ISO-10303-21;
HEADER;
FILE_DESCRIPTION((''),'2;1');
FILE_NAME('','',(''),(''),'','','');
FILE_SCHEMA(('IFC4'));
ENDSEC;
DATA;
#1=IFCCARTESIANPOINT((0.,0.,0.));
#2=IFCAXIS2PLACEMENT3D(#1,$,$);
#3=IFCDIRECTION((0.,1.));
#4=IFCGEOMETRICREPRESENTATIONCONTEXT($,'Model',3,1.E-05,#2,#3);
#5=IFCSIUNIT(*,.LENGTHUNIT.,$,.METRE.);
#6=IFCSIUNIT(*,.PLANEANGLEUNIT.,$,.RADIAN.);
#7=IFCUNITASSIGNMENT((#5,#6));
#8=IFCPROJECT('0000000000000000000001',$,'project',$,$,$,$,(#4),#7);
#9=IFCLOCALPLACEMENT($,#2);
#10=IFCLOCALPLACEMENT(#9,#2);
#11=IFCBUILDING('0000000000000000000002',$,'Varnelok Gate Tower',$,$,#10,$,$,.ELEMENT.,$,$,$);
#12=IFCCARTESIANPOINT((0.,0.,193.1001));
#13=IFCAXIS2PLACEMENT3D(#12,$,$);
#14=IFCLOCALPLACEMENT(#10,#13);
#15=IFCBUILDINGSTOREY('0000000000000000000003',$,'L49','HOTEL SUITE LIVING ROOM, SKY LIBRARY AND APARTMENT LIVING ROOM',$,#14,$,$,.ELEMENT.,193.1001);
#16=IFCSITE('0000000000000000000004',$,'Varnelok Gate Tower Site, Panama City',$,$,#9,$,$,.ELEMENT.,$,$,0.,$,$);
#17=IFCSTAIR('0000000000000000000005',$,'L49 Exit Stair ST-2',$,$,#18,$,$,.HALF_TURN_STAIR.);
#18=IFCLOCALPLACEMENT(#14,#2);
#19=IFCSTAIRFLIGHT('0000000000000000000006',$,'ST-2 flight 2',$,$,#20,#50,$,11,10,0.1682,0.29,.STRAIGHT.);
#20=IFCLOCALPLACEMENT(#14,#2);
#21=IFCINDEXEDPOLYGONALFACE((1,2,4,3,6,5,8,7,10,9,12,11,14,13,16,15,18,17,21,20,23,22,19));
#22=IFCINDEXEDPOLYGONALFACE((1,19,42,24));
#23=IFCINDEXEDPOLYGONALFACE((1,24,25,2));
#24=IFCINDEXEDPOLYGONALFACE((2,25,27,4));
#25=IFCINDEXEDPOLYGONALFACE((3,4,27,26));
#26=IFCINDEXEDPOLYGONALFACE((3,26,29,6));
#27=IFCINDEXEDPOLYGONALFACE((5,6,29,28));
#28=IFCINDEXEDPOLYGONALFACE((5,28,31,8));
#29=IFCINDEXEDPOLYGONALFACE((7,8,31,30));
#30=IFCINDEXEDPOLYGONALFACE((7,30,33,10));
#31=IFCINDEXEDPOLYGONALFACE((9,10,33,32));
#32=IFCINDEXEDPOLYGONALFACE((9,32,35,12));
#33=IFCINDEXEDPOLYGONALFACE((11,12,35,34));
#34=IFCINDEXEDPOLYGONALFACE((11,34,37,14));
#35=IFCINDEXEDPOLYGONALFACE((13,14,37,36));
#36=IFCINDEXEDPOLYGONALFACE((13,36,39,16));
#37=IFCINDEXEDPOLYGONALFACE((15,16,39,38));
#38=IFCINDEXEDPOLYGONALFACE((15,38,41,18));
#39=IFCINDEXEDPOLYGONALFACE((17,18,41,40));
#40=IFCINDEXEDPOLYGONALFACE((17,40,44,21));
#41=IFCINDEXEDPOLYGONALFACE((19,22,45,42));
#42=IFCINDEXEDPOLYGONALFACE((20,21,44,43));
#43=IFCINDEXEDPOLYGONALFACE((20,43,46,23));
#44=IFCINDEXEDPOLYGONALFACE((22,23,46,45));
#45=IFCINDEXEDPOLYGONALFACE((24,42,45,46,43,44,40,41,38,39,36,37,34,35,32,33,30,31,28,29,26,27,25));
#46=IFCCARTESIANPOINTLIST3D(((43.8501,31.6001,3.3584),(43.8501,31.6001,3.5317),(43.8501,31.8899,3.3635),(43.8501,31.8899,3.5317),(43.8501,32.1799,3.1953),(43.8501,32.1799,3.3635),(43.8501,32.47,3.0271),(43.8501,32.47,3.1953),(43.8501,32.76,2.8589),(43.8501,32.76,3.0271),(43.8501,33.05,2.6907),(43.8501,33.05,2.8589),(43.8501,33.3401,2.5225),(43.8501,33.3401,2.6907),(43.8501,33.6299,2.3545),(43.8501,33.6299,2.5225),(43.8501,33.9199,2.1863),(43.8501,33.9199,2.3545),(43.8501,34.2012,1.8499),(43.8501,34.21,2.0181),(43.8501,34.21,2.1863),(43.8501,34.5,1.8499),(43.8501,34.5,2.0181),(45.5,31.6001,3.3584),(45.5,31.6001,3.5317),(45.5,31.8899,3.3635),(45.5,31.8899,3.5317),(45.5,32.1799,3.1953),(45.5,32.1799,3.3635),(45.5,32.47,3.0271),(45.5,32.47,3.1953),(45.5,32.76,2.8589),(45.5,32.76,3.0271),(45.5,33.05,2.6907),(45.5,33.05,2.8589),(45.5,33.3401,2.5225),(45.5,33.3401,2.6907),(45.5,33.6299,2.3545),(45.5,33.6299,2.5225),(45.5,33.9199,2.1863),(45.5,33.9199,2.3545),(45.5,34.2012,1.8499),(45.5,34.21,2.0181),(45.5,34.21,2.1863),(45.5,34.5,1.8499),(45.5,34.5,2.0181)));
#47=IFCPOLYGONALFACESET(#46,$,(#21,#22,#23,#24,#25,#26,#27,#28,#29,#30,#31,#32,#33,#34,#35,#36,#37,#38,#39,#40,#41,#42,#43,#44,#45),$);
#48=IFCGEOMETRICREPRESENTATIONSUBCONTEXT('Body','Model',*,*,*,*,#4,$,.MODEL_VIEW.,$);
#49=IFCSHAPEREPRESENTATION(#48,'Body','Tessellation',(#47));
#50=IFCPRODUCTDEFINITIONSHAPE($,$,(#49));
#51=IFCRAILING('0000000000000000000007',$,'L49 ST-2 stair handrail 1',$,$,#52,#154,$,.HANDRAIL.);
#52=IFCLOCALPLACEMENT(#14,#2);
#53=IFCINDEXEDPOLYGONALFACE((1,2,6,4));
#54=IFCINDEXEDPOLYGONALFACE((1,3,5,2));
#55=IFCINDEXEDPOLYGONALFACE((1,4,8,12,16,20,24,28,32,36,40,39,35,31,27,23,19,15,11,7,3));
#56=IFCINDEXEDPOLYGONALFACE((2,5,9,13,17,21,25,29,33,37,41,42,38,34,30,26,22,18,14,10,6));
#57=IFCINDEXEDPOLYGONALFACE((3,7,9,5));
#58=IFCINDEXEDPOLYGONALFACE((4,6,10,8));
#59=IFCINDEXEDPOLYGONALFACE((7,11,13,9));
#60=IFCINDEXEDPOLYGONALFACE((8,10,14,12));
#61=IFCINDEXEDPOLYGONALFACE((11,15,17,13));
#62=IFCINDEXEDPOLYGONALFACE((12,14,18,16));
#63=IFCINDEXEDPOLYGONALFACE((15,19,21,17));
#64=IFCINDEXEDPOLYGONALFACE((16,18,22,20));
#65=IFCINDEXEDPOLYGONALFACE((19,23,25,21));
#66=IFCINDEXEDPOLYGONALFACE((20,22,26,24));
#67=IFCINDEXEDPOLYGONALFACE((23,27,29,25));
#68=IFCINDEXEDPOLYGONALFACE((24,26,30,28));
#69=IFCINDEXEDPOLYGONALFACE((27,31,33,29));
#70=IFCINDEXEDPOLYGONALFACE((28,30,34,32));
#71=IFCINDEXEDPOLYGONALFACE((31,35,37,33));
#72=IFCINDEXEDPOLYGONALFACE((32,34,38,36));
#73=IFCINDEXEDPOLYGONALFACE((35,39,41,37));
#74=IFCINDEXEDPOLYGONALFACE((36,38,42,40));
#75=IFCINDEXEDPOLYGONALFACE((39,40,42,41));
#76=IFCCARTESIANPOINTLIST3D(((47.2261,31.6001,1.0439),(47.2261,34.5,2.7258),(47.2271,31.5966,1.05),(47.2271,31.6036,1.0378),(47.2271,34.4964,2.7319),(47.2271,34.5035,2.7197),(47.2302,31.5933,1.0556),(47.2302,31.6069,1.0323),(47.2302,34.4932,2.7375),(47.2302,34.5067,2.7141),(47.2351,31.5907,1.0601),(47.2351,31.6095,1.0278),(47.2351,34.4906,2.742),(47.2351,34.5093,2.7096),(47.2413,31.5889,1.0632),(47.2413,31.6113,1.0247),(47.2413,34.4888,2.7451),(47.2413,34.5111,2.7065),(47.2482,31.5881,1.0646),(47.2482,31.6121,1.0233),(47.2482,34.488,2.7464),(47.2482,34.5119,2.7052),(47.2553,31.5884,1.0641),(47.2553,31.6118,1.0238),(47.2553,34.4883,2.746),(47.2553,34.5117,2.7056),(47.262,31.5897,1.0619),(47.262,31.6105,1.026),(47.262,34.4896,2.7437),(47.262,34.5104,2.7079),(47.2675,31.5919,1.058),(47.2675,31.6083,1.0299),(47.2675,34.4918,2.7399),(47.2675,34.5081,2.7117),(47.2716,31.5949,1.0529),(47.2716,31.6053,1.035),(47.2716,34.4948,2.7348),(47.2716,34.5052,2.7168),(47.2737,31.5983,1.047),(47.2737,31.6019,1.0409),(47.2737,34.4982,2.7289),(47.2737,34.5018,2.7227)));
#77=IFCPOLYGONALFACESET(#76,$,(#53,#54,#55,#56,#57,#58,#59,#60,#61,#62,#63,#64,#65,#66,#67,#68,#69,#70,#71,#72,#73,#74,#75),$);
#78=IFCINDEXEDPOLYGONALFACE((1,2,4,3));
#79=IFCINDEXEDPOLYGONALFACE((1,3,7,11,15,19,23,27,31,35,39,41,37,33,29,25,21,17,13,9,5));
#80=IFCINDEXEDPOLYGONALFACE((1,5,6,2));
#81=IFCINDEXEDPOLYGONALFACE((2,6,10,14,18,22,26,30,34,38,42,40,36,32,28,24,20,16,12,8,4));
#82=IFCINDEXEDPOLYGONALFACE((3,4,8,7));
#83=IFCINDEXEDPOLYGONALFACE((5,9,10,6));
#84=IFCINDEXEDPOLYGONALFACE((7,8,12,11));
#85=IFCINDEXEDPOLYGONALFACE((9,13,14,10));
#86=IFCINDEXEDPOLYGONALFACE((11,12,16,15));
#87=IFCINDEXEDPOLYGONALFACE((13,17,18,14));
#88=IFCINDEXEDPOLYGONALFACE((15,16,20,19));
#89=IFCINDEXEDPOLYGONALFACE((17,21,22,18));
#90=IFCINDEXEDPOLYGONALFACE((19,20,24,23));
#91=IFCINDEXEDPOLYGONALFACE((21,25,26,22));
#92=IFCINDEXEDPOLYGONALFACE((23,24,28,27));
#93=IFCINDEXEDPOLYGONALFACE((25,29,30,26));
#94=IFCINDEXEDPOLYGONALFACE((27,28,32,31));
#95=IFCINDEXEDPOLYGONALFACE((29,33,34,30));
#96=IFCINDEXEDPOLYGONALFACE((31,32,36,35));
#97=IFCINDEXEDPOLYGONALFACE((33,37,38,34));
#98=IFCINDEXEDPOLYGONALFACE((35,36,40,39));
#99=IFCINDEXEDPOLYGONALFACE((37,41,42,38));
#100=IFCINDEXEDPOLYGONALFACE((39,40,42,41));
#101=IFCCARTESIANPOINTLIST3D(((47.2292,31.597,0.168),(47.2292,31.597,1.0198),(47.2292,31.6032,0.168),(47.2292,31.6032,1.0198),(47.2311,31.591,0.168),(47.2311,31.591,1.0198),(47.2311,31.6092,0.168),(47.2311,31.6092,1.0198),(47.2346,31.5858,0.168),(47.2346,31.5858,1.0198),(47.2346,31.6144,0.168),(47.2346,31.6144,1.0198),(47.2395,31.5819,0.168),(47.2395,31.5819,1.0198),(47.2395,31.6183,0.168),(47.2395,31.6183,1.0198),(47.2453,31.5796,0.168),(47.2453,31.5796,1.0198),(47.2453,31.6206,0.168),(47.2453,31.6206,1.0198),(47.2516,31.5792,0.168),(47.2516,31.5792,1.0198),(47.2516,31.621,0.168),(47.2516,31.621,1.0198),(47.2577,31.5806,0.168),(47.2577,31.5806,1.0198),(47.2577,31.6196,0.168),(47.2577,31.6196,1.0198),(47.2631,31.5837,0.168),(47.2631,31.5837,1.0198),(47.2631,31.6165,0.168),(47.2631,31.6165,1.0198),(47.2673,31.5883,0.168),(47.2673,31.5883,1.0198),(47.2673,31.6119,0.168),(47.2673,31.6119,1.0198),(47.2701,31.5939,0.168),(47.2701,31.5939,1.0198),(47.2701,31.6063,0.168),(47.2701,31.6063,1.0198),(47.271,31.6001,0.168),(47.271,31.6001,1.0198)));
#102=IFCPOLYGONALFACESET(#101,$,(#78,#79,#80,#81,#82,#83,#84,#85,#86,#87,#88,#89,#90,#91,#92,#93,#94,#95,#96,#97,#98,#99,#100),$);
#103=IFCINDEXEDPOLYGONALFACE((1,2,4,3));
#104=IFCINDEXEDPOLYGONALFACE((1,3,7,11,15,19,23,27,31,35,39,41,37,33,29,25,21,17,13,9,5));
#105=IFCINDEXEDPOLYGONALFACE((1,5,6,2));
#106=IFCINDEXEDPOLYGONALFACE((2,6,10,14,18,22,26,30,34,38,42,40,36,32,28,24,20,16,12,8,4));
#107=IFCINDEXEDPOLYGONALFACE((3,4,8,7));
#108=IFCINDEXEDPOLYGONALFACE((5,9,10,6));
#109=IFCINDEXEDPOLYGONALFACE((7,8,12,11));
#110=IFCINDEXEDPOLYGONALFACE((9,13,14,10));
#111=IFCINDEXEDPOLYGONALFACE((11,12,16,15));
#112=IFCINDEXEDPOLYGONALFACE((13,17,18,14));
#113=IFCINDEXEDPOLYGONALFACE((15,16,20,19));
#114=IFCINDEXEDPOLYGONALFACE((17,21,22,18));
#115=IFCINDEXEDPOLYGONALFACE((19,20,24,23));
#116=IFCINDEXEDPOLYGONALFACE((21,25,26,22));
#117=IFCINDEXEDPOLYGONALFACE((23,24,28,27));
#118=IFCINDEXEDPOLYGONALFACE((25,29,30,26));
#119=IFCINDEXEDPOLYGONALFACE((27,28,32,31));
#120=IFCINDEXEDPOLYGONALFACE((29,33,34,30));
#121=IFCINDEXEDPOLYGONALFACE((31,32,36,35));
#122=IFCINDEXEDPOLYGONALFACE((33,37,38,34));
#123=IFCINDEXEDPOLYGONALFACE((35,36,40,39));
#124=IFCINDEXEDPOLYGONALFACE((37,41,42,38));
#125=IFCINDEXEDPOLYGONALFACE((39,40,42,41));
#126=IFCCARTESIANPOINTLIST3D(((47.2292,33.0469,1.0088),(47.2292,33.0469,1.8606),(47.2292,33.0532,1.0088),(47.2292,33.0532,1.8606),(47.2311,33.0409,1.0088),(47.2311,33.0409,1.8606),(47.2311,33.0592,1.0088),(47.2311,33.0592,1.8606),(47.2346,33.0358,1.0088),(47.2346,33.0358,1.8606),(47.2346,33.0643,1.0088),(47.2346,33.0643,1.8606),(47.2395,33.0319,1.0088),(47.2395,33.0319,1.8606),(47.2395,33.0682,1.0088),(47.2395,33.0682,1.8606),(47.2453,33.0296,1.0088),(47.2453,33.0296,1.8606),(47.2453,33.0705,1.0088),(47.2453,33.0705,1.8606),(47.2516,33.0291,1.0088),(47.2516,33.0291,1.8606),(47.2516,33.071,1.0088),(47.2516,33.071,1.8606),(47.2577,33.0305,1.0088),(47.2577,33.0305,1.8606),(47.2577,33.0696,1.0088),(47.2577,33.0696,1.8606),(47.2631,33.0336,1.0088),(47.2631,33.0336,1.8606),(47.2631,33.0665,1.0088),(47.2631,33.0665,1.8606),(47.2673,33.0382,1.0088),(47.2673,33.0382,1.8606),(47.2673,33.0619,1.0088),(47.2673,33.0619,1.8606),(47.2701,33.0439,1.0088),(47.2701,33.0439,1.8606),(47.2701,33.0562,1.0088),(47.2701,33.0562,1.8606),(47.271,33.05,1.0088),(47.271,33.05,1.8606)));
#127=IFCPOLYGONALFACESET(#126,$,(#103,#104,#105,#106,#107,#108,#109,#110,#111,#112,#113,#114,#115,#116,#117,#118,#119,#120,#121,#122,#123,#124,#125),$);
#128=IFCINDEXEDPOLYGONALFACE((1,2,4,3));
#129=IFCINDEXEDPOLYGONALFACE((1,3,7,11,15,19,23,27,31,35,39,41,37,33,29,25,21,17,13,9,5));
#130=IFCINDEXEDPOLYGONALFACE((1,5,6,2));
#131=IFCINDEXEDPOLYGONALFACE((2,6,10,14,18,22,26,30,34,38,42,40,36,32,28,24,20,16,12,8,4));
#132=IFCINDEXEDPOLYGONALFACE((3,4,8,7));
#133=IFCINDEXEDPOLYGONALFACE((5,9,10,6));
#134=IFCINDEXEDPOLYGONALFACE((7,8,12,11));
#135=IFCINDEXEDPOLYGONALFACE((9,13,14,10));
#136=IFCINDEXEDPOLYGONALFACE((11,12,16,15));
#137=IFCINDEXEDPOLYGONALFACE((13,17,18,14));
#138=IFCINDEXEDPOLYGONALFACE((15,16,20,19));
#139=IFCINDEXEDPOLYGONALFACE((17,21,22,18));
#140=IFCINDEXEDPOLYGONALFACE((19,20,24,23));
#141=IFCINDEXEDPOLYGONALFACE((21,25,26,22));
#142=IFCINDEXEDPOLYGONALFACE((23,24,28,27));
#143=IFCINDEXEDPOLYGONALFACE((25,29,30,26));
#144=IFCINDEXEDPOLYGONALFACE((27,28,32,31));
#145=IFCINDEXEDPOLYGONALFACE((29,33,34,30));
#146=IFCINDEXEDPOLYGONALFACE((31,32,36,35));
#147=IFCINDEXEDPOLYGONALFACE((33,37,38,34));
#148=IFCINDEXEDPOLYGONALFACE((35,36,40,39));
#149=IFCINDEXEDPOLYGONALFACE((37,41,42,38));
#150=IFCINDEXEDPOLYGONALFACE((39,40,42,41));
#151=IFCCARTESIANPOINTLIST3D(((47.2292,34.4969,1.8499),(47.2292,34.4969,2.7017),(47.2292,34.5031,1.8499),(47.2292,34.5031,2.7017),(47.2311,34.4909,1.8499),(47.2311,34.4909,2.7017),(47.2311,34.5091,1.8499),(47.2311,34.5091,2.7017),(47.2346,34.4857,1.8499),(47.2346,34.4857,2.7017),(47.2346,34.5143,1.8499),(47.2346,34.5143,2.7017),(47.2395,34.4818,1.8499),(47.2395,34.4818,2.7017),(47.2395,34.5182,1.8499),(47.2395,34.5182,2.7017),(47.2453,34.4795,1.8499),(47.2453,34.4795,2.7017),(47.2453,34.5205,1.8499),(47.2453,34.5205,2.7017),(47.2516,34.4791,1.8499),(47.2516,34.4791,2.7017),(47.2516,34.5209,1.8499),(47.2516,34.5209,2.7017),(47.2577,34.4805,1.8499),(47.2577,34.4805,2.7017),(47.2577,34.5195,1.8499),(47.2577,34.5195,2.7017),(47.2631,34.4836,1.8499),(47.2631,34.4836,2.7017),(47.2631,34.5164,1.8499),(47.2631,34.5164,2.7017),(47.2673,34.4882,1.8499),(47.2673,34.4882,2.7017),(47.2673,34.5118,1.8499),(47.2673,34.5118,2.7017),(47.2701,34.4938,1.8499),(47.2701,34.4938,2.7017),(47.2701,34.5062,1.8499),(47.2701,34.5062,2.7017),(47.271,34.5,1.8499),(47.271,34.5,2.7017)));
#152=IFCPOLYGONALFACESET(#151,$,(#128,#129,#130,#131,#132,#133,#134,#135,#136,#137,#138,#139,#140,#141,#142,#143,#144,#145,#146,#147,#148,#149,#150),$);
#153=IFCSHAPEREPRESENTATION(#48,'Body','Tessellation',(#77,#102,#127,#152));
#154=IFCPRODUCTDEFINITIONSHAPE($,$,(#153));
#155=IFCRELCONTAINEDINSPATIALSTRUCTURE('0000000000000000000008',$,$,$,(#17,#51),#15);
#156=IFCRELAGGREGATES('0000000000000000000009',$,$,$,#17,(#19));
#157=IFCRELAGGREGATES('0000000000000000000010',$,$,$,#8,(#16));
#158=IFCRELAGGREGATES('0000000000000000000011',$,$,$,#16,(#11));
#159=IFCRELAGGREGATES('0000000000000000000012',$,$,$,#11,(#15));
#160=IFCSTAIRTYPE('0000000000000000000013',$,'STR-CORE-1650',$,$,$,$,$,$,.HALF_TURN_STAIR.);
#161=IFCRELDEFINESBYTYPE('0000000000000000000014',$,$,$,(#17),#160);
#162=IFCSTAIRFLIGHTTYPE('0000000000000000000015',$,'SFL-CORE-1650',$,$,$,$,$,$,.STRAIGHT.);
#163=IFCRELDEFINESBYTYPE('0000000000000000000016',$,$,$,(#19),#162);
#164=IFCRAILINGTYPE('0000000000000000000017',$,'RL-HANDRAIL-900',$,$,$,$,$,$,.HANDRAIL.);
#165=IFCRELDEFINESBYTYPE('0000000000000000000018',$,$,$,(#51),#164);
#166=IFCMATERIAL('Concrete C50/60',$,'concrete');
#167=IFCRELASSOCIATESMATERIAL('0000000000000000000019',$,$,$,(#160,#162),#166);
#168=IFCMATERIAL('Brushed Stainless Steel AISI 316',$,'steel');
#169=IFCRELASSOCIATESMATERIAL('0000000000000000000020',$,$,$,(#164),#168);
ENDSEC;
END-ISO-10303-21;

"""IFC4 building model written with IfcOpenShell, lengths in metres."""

from ifc_helpers import new_model, si_unit, direction, frame, origin, origin_2d, place, context, subcontext, project, spatial, polyline, circle, outline, extrude, material, type_object, element, aggregate, save


model = new_model("IFC4")

# Units and contexts
model_context = context("Model", 3, precision=1e-05, world=origin(), true_north=direction((0.0, 1.0)))
body_context = subcontext(model_context, "Body", "Model", "MODEL_VIEW")
ifc_project = project(units=[si_unit("LENGTHUNIT", "METRE"), si_unit("PLANEANGLEUNIT", "RADIAN")], contexts=[model_context])

# Site, building, storey
site_placement = place(None, origin())
site = spatial("IfcSite", under=ifc_project, at=site_placement, Name="Varnelok Gate Tower Site, Panama City", CompositionType="ELEMENT", RefElevation=0.0)
building_placement = place(site_placement, origin())
building = spatial("IfcBuilding", under=site, at=building_placement, Name="Varnelok Gate Tower", CompositionType="ELEMENT")
storey_placement = place(building_placement, frame((0.0, 0.0, 193.1001)))
storey = spatial("IfcBuildingStorey", under=building, at=storey_placement, Name="L49", Description="HOTEL SUITE LIVING ROOM, SKY LIBRARY AND APARTMENT LIVING ROOM", CompositionType="ELEMENT", Elevation=193.1001)

# Stair, stair flight
ifc_material_1 = material(Name="Concrete C50/60", Category="concrete")
stair_type = type_object("IfcStairType", Name="STR-CORE-1650", PredefinedType="HALF_TURN_STAIR", material=ifc_material_1)
stair_placement = place(storey_placement, origin())
stair = element("IfcStair", 1, at=stair_placement, inside=storey, type_object=stair_type, Name="L49 Exit Stair ST-2", PredefinedType="HALF_TURN_STAIR")
stair_flight_type = type_object("IfcStairFlightType", Name="SFL-CORE-1650", PredefinedType="STRAIGHT", material=ifc_material_1)
stair_flight_1_placement = place(storey_placement, frame((44.675, 34.5, 1.8499), z_axis=(0.0, 0.0, 1.0), x_axis=(0.0, -1.0, 0.0)))
stair_flight_1 = element("IfcStairFlight", 2, at=stair_flight_1_placement, type_object=stair_flight_type, Name="ST-2 flight 2", NumberOfRisers=11, NumberOfTreads=10, PredefinedType="STRAIGHT", RiserHeight=0.1682, TreadLength=0.29, context=body_context, shape_type="SweptSolid", body=[
    extrude(outline(polyline([(0.0, 0.0), (0.0, 0.1682), (0.29, 0.1682), (0.29, 0.3364), (0.5801, 0.3364), (0.5801, 0.5046), (0.8701, 0.5046), (0.8701, 0.6726), (1.1599, 0.6726), (1.1599, 0.8408), (1.45, 0.8408), (1.45, 1.009), (1.74, 1.009), (1.74, 1.1772), (2.03, 1.1772), (2.03, 1.3455), (2.3201, 1.3455), (2.3201, 1.5137), (2.6101, 1.5137), (2.6101, 1.6819), (2.8999, 1.6819), (2.8999, 1.8501), (2.8999, 1.5085), (0.2988, 0.0), (0.0, 0.0)])), frame((0.0, 0.825, 0.0), z_axis=(0.0, -1.0, 0.0), x_axis=(1.0, 0.0, 0.0)), (0.0, 0.0, 1.0), 1.6499),
])
aggregate(stair, [stair_flight_1])

# Railing
ifc_material_2 = material(Name="Brushed Stainless Steel AISI 316", Category="steel")
railing_type_1 = type_object("IfcRailingType", Name="RL-HANDRAIL-900", PredefinedType="HANDRAIL", material=ifc_material_2)
railing_1_placement = place(storey_placement, frame((47.25, 31.6001, 0.168)))
element("IfcRailing", 3, at=railing_1_placement, inside=storey, type_object=railing_type_1, Name="L49 ST-2 stair handrail 1", PredefinedType="HANDRAIL", context=body_context, shape_type="SweptSolid", body=[
    extrude(circle(Radius=0.0239, at=origin_2d()), frame((0.0, 0.0, 0.876), z_axis=(0.0, 0.865039, 0.501705), x_axis=(-1.0, 0.0, 0.0)), (0.0, 0.0, 1.0), 3.3523),
    extrude(circle(Radius=0.021, at=origin_2d()), origin(), (0.0, 0.0, 1.0), 0.8518),
    extrude(circle(Radius=0.021, at=origin_2d()), frame((0.0, 1.45, 0.8408)), (0.0, 0.0, 1.0), 0.8518),
    extrude(circle(Radius=0.021, at=origin_2d()), frame((0.0, 2.8999, 1.6819)), (0.0, 0.0, 1.0), 0.8518),
])

save(model, "model.ifc")
